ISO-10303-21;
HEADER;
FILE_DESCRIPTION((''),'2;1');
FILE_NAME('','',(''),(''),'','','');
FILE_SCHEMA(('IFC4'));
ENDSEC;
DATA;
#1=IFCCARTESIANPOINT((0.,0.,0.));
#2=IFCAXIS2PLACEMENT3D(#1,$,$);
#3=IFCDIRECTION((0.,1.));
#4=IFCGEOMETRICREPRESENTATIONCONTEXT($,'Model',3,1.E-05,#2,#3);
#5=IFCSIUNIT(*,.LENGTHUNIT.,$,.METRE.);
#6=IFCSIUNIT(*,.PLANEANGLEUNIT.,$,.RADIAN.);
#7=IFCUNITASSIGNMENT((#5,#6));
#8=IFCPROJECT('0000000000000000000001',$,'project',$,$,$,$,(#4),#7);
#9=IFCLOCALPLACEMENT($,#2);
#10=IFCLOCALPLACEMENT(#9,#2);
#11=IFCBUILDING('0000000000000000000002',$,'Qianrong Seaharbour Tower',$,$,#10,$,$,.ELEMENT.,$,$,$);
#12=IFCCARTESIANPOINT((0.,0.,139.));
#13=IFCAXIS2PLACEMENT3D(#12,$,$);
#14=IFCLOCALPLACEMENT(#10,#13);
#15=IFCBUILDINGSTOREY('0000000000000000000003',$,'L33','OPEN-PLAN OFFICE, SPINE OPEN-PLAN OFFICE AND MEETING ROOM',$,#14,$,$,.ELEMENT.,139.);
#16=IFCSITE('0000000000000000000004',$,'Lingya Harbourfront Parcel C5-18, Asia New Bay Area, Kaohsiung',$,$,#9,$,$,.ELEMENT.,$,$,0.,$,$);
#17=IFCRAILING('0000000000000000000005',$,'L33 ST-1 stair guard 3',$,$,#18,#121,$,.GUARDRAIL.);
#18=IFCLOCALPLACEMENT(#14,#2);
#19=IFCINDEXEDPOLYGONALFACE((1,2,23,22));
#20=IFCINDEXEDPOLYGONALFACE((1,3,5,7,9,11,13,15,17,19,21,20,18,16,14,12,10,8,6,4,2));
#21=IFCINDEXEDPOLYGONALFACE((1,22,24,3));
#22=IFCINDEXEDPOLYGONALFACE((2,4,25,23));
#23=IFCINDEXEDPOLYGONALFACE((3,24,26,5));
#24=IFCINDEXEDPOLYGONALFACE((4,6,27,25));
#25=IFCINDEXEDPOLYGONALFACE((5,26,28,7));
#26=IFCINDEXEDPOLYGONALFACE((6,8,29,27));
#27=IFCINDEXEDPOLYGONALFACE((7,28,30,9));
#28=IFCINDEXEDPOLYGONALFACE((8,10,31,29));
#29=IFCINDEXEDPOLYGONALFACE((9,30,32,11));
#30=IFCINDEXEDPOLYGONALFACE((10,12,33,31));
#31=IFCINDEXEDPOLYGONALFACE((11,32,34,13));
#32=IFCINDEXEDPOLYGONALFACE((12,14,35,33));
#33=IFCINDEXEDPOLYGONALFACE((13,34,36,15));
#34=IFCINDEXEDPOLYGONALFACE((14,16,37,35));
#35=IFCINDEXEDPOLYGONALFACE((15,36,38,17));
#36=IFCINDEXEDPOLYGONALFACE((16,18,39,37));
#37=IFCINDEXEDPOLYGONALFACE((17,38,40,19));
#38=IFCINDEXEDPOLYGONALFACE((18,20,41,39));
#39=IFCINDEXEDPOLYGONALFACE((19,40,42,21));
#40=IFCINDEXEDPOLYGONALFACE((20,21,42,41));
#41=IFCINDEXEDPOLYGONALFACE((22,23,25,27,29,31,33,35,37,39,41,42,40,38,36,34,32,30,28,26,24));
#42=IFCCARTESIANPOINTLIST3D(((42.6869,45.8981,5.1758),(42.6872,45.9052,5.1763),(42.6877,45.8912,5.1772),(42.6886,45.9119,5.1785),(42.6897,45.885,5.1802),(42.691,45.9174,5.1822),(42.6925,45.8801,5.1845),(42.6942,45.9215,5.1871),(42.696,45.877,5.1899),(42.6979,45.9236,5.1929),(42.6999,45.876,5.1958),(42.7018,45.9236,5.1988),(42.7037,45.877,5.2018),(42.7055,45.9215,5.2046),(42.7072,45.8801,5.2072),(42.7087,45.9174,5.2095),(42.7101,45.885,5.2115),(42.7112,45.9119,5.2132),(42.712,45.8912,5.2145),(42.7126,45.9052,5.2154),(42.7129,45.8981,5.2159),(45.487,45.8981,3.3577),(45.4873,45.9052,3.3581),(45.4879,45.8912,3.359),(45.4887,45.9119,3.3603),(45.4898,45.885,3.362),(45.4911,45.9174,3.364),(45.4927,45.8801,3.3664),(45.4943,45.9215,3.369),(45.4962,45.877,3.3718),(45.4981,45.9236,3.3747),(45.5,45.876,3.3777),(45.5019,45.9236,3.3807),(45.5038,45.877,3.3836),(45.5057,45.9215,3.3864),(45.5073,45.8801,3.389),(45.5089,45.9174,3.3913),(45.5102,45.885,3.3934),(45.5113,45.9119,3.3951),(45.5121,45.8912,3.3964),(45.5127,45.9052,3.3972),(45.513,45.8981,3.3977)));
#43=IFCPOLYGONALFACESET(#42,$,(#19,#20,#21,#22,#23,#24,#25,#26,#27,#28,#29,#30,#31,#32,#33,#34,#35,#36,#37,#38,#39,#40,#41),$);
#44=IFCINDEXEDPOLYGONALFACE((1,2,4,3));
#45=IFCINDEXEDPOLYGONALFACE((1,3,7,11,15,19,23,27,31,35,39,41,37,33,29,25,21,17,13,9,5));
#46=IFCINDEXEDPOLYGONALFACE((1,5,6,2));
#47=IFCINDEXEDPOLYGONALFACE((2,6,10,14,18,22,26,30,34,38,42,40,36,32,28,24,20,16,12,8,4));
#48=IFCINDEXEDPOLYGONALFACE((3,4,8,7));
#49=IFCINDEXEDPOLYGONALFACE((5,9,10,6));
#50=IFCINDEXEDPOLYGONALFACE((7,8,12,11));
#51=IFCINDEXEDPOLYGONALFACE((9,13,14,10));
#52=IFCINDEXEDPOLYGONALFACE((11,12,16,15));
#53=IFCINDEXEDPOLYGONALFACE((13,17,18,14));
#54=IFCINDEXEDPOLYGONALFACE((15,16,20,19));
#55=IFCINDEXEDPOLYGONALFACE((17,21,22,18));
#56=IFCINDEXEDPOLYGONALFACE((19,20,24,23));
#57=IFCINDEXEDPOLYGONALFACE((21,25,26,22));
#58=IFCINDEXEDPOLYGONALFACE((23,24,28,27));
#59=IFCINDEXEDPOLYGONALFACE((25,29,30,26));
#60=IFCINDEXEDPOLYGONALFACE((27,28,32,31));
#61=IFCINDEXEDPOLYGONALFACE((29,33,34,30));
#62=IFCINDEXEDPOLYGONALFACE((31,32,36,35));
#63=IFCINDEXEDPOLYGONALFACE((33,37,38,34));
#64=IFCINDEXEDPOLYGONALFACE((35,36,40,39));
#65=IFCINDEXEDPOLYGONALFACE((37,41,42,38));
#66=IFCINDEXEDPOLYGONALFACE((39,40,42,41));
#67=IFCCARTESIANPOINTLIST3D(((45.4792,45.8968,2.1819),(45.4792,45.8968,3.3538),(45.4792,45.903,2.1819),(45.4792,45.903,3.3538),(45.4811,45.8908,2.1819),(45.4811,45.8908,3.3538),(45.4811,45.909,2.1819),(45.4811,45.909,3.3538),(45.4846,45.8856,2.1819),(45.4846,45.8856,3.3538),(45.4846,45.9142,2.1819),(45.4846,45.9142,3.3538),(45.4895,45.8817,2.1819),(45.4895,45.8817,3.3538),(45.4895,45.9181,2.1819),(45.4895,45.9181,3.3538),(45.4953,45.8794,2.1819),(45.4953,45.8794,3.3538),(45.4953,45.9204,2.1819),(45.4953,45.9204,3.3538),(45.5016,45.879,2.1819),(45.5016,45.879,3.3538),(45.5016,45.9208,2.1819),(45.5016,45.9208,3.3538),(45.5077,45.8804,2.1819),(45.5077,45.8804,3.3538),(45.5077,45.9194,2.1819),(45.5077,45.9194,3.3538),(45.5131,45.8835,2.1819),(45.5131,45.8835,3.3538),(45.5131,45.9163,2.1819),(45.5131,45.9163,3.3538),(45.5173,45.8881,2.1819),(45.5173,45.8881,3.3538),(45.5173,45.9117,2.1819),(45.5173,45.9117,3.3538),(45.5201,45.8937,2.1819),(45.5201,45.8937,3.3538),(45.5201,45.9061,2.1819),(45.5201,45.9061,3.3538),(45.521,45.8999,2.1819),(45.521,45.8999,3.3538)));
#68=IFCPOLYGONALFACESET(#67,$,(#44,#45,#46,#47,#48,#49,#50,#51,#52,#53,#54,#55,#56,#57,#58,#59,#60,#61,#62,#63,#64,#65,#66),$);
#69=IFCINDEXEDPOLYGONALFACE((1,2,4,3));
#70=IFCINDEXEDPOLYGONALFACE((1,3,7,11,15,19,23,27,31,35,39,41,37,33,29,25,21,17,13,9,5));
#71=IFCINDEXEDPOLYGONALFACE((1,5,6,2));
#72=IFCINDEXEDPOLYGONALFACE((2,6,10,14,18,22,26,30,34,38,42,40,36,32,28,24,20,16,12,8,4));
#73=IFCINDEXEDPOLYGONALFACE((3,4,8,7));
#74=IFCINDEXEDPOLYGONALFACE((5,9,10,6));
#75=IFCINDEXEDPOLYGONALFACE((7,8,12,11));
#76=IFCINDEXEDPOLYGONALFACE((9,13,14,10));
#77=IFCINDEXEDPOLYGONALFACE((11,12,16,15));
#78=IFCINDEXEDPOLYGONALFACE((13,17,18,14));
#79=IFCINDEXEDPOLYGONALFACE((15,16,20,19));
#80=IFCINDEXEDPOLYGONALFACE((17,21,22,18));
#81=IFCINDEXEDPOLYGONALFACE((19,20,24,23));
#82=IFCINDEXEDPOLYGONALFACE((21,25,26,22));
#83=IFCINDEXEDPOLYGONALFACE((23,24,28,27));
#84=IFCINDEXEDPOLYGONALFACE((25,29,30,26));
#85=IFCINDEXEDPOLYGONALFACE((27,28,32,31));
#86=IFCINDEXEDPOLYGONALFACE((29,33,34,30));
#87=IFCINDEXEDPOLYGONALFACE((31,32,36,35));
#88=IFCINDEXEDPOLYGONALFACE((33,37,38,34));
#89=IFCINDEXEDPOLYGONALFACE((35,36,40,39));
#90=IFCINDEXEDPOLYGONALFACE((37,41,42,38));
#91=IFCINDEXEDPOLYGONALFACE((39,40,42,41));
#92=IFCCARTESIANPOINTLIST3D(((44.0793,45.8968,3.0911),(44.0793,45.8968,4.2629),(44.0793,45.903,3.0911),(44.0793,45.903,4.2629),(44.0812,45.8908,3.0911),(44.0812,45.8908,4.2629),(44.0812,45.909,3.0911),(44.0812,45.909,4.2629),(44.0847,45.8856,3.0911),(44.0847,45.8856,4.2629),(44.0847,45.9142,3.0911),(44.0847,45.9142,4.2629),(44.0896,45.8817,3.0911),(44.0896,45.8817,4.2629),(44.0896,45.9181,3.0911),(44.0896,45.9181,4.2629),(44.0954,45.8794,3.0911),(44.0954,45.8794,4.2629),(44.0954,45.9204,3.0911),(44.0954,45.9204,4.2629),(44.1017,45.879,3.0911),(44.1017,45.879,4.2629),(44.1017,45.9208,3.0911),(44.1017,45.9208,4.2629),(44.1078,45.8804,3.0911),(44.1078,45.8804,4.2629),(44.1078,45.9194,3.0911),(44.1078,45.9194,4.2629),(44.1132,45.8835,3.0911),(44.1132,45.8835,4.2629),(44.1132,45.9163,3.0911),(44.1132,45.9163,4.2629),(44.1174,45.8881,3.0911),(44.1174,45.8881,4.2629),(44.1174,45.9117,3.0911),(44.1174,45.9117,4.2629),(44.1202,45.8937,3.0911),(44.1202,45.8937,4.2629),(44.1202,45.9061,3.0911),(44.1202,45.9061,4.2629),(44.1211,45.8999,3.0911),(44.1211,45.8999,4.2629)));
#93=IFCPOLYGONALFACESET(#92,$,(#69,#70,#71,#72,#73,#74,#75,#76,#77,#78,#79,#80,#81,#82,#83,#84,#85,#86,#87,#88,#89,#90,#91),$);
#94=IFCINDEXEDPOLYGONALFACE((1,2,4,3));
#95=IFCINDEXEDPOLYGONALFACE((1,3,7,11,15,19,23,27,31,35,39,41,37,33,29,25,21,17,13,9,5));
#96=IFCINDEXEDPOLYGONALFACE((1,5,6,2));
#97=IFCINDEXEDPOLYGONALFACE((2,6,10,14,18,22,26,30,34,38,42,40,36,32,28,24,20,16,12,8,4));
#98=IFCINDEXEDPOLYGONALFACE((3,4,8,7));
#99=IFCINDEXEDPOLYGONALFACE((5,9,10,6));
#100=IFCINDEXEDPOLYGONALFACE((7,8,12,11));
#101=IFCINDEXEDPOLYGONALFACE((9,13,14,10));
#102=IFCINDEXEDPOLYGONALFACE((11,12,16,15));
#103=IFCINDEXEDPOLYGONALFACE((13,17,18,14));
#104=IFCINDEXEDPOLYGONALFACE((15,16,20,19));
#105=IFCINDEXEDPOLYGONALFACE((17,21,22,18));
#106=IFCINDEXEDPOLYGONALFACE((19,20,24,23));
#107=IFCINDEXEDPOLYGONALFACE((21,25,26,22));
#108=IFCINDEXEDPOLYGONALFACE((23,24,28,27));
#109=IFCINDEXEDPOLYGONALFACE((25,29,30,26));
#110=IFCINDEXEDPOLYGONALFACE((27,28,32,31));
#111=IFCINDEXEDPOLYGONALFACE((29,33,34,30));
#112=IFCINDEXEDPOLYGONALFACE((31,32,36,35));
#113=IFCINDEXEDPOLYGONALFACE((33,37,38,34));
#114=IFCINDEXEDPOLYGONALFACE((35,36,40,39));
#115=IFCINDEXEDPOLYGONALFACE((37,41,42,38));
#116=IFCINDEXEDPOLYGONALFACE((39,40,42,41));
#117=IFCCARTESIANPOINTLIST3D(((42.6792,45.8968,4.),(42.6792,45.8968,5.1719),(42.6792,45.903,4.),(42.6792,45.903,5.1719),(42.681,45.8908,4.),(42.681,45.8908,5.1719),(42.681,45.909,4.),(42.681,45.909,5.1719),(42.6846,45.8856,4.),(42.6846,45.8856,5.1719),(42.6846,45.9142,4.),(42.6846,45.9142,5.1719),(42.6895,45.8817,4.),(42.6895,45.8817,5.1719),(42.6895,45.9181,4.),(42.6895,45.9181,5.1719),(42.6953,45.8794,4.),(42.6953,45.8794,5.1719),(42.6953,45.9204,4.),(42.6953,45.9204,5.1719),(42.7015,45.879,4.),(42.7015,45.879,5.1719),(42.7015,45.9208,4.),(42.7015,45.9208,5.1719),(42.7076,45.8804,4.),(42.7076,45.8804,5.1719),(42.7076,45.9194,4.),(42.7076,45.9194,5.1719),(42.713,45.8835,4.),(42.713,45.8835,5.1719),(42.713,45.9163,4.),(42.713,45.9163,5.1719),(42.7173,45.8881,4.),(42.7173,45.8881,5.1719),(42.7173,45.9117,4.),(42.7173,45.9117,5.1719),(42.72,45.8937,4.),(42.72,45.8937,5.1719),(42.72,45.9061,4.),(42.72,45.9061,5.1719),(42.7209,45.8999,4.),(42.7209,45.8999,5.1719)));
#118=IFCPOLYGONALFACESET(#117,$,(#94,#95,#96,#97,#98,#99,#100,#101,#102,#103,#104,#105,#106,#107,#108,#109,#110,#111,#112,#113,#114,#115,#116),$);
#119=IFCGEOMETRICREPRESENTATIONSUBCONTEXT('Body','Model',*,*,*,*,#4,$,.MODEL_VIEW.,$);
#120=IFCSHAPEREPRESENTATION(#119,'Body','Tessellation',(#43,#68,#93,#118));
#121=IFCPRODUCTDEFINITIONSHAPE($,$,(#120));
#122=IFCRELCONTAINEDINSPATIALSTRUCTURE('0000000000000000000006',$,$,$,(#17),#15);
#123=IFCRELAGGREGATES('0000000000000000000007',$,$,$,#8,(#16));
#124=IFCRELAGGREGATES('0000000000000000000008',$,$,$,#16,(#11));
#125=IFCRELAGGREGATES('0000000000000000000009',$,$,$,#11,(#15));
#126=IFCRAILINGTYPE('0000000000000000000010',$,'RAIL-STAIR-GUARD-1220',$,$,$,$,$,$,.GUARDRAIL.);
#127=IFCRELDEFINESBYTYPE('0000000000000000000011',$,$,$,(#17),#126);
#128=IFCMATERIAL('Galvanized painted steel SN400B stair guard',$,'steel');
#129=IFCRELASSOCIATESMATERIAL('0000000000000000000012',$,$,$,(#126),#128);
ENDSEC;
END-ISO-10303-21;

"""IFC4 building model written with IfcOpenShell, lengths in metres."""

from ifc_helpers import new_model, si_unit, direction, frame, origin, origin_2d, place, context, subcontext, project, spatial, circle, extrude, material, type_object, element, save


model = new_model("IFC4")

# Units and contexts
model_context = context("Model", 3, precision=1e-05, world=origin(), true_north=direction((0.0, 1.0)))
body_context = subcontext(model_context, "Body", "Model", "MODEL_VIEW")
ifc_project = project(units=[si_unit("LENGTHUNIT", "METRE"), si_unit("PLANEANGLEUNIT", "RADIAN")], contexts=[model_context])

# Site, building, storey
site_placement = place(None, origin())
site = spatial("IfcSite", under=ifc_project, at=site_placement, Name="Lingya Harbourfront Parcel C5-18, Asia New Bay Area, Kaohsiung", CompositionType="ELEMENT", RefElevation=0.0)
building_placement = place(site_placement, origin())
building = spatial("IfcBuilding", under=site, at=building_placement, Name="Qianrong Seaharbour Tower", CompositionType="ELEMENT")
storey_placement = place(building_placement, frame((0.0, 0.0, 139.0)))
storey = spatial("IfcBuildingStorey", under=building, at=storey_placement, Name="L33", Description="OPEN-PLAN OFFICE, SPINE OPEN-PLAN OFFICE AND MEETING ROOM", CompositionType="ELEMENT", Elevation=139.0)

# Railing
ifc_material_1 = material(Name="Galvanized painted steel SN400B stair guard", Category="steel")
railing_type_1 = type_object("IfcRailingType", Name="RAIL-STAIR-GUARD-1220", PredefinedType="GUARDRAIL", material=ifc_material_1)
railing_1_placement = place(storey_placement, frame((45.5, 45.8999, 2.1819)))
element("IfcRailing", 1, at=railing_1_placement, inside=storey, type_object=railing_type_1, Name="L33 ST-1 stair guard 3", PredefinedType="GUARDRAIL", context=body_context, shape_type="SweptSolid", body=[
    extrude(circle(Radius=0.0239, at=origin_2d()), frame((0.0, 0.0, 1.1958), z_axis=(-0.838706, 0.0, 0.544585), x_axis=(0.0, -1.0, 0.0)), (0.0, 0.0, 1.0), 3.3386),
    extrude(circle(Radius=0.021, at=origin_2d()), origin(), (0.0, 0.0, 1.0), 1.1719),
    extrude(circle(Radius=0.021, at=origin_2d()), frame((-1.3999, 0.0, 0.9092)), (0.0, 0.0, 1.0), 1.1719),
    extrude(circle(Radius=0.021, at=origin_2d()), frame((-2.8, 0.0, 1.8181)), (0.0, 0.0, 1.0), 1.1719),
])

save(model, "model.ifc")
